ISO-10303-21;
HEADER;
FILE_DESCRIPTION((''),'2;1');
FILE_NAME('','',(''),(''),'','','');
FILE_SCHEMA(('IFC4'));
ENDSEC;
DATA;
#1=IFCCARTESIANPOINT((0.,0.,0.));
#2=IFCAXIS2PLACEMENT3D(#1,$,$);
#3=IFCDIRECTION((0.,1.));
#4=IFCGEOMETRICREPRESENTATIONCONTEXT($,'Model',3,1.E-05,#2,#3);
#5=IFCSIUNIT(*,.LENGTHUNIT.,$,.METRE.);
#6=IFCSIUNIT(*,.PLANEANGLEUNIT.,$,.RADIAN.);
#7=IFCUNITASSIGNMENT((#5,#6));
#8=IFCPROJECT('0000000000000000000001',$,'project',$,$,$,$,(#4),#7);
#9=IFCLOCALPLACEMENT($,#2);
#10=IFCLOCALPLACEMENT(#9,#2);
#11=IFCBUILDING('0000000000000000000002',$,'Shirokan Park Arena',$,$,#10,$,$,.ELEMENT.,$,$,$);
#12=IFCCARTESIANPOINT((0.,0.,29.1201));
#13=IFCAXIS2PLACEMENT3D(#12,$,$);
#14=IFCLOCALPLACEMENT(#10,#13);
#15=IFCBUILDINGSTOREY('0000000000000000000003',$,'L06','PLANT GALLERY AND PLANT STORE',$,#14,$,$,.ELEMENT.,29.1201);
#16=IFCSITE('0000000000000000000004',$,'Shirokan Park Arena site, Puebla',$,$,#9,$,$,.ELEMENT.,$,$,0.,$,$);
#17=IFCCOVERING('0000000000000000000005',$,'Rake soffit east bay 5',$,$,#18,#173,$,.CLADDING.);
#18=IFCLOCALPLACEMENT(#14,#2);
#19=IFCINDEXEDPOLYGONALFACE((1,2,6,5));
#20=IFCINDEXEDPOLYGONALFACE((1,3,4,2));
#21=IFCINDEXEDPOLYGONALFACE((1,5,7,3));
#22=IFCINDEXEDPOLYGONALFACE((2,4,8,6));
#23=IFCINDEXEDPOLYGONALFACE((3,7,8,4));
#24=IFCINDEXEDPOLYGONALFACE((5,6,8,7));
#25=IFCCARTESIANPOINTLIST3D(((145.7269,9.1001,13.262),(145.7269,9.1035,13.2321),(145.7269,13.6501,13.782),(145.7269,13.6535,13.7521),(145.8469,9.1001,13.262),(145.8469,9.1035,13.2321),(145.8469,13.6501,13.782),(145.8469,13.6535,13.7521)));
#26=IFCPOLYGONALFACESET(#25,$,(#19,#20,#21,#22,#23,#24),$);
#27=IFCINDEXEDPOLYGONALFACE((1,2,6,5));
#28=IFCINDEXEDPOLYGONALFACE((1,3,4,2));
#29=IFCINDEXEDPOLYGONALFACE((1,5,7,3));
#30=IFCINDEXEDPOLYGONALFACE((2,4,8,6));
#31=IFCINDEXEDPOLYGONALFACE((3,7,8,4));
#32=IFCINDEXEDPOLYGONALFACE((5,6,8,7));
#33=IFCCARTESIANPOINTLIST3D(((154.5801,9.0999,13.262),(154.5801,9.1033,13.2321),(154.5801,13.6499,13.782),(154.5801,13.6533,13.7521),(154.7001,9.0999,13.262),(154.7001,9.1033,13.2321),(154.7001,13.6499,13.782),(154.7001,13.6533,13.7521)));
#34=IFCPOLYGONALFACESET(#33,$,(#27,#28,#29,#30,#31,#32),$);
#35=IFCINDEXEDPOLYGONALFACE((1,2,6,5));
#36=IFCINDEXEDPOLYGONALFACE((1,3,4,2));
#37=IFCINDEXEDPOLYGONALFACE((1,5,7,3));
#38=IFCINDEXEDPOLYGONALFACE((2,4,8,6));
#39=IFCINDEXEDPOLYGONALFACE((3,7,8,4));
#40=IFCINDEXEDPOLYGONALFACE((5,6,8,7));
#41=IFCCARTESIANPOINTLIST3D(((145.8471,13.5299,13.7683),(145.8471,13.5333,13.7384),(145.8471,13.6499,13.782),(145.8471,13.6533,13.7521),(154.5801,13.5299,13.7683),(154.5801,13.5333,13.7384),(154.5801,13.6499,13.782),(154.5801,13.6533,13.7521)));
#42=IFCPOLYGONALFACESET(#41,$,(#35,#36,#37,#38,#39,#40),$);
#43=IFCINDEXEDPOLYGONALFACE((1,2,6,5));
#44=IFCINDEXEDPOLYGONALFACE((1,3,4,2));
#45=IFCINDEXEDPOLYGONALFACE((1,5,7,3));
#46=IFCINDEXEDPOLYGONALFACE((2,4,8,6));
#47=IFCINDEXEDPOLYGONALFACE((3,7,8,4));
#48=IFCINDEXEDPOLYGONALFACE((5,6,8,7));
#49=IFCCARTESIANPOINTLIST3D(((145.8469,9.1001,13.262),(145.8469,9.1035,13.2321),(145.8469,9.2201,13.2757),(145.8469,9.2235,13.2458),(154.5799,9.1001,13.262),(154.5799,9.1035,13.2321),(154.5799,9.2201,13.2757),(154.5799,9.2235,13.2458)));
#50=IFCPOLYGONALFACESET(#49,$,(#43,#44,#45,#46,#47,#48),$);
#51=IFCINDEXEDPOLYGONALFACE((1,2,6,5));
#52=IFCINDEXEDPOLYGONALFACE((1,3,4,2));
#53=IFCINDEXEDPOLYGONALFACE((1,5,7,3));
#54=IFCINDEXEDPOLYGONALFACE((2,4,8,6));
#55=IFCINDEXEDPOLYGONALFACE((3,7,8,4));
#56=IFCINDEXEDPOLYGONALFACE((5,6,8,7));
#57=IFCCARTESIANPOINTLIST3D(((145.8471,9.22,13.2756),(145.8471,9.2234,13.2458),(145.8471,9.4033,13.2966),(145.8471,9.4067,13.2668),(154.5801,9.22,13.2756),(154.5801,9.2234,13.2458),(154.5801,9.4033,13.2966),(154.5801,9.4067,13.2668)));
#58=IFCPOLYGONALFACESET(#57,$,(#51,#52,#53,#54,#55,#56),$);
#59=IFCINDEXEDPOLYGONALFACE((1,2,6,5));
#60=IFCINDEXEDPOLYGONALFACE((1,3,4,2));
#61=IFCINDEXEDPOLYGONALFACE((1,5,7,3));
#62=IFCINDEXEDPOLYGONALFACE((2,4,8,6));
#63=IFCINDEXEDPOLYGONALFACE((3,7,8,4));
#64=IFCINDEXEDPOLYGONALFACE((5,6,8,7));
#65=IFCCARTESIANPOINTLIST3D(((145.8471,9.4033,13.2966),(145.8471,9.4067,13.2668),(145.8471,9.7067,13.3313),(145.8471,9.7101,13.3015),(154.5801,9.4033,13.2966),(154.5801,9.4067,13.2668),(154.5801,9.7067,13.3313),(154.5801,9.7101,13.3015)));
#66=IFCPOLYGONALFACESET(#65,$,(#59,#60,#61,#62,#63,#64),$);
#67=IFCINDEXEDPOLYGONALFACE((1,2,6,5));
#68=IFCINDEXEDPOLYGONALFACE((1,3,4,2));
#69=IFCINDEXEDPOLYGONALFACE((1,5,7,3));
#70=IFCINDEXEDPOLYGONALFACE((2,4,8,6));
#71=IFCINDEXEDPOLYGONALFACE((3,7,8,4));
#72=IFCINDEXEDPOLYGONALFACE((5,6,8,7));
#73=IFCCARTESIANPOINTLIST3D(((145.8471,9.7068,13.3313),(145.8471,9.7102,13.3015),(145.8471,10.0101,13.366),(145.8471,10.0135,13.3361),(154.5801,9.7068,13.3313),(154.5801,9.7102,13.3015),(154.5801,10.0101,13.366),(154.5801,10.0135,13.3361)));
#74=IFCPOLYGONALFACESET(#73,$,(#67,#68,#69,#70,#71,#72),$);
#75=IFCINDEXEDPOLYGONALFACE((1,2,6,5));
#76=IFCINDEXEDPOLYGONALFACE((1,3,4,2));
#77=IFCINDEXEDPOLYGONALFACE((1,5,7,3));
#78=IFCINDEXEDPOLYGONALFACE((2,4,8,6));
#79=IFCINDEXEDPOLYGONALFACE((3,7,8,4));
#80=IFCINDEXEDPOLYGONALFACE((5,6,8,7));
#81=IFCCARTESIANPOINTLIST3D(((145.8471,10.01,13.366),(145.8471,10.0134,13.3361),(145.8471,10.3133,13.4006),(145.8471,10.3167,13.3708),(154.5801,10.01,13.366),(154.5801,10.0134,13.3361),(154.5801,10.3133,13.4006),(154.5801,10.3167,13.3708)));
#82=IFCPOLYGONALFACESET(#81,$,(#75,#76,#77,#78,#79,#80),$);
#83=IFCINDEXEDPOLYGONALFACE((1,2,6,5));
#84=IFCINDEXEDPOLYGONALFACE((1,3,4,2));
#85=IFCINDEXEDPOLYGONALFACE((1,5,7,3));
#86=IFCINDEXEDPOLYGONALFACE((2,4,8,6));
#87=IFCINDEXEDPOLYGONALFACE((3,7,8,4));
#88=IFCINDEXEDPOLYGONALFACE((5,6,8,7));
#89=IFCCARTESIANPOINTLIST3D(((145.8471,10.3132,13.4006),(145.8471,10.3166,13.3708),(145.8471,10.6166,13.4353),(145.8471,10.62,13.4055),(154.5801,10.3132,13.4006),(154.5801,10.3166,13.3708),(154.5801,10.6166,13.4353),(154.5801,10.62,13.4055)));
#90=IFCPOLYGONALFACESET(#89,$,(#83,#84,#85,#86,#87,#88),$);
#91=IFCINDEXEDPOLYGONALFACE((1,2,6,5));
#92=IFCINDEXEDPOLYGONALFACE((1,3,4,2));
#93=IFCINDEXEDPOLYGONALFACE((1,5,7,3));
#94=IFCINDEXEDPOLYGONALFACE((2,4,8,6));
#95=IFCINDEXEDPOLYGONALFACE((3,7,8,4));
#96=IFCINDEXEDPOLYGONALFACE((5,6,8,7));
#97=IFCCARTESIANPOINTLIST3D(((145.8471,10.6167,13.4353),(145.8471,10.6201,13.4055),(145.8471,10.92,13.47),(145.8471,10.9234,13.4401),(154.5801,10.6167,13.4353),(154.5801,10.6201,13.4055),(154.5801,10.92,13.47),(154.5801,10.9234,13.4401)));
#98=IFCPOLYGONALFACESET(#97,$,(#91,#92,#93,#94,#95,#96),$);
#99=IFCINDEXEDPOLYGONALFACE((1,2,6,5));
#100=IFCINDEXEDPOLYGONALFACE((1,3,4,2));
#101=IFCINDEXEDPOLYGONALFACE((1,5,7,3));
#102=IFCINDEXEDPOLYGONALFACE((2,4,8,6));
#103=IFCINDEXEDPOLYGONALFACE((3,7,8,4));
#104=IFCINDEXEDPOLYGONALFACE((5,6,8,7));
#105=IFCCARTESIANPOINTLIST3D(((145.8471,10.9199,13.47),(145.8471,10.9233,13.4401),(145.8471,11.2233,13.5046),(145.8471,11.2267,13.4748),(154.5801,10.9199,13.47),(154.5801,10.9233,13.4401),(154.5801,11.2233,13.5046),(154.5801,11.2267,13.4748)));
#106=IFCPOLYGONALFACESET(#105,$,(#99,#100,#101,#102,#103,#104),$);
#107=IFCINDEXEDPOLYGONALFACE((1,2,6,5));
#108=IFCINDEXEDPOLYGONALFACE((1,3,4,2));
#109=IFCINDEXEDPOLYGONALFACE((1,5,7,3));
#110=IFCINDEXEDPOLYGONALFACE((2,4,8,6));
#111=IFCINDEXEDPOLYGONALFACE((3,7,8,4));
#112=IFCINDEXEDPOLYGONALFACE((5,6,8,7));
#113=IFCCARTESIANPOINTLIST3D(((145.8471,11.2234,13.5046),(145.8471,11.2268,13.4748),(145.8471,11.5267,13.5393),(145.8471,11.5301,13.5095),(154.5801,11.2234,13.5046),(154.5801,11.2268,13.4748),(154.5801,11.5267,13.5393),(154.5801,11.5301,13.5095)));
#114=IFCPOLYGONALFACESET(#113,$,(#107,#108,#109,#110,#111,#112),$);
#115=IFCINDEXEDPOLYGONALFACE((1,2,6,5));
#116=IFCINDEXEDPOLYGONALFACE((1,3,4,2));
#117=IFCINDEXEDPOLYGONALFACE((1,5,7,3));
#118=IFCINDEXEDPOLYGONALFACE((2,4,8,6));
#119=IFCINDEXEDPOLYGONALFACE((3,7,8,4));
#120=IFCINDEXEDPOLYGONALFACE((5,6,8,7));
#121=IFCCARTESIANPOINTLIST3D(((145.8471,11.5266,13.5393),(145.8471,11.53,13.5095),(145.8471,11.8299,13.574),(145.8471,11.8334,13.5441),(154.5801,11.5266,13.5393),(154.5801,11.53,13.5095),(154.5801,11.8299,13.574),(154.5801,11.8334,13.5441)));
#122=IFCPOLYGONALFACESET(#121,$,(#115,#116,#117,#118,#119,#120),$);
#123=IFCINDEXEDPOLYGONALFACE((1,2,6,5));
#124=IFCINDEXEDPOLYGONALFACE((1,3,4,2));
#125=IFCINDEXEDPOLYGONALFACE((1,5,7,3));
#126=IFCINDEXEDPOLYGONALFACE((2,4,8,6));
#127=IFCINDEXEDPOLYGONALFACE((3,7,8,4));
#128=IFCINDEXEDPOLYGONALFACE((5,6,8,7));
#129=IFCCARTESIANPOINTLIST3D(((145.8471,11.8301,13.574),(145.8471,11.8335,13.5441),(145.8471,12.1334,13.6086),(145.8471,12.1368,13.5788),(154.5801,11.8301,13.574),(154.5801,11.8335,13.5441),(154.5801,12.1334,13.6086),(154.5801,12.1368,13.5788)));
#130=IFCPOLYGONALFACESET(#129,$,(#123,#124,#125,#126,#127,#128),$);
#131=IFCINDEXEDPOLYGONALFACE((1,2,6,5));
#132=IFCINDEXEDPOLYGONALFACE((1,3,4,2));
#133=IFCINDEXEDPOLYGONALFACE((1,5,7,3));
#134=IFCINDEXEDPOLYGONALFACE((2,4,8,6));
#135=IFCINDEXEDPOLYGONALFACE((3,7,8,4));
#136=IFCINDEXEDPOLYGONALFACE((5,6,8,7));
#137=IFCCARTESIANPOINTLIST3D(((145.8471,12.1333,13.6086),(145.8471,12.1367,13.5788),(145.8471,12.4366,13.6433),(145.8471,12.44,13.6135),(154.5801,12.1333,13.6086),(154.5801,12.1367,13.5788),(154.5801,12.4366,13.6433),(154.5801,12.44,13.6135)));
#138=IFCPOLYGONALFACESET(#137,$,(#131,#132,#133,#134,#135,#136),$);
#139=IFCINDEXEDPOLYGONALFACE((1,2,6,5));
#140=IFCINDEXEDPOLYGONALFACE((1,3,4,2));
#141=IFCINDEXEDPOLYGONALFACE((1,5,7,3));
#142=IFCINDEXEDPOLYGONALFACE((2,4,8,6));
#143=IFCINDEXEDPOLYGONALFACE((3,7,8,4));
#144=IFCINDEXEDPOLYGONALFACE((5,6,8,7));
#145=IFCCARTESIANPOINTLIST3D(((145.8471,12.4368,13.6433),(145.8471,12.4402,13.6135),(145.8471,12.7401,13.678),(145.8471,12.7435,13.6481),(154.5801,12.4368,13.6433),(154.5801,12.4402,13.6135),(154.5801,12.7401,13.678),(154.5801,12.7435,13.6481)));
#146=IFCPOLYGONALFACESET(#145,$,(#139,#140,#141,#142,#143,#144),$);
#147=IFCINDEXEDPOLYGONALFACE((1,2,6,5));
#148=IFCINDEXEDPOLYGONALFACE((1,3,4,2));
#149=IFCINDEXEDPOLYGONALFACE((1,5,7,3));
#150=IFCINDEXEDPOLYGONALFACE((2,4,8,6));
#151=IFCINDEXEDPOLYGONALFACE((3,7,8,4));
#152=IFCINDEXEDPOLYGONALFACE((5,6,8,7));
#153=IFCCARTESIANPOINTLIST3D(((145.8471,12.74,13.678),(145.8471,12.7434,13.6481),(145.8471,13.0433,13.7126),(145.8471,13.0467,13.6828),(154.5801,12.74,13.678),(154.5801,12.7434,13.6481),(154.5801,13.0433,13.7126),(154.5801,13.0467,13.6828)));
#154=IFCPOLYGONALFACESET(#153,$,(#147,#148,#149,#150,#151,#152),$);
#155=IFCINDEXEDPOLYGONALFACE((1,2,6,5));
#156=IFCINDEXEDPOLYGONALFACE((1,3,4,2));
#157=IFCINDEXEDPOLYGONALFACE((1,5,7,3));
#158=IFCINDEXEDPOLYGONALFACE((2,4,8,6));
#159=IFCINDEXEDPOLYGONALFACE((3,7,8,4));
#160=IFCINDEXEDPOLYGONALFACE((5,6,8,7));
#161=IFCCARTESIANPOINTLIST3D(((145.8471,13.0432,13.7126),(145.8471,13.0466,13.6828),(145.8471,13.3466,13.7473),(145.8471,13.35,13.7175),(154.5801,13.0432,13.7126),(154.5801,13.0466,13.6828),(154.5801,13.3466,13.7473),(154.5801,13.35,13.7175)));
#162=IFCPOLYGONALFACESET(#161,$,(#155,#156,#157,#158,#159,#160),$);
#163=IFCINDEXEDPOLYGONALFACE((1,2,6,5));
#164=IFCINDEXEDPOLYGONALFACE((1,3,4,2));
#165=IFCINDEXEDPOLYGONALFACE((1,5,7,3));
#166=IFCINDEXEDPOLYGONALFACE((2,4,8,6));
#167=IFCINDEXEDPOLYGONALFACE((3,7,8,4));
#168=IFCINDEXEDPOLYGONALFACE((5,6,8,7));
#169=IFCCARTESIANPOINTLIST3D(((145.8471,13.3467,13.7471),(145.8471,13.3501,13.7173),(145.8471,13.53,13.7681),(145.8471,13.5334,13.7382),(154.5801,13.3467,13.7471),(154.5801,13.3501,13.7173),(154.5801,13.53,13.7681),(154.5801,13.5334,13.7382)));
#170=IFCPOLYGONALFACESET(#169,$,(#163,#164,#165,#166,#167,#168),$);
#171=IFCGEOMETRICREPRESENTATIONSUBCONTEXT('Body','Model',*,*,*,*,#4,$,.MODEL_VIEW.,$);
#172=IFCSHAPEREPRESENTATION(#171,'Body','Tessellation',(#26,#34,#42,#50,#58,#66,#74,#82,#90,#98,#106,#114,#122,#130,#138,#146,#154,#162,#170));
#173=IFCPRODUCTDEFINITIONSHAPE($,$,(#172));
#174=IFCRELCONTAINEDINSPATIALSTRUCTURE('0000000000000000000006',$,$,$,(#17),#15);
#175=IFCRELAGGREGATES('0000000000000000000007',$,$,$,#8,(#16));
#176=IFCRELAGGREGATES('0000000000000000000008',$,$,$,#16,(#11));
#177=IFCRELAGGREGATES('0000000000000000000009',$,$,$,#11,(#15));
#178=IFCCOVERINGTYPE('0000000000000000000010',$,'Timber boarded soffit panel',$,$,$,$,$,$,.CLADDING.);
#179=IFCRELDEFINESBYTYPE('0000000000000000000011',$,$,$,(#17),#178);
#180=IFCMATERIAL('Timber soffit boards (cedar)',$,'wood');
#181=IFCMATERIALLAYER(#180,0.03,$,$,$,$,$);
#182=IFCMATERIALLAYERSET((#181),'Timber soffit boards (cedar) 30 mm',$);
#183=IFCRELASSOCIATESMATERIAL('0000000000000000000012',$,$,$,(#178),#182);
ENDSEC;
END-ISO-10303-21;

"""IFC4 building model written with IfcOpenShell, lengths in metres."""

from ifc_helpers import new_model, si_unit, direction, frame, origin, place, context, subcontext, project, spatial, polyline, outline, extrude, material, layer, layer_set, type_object, element, save


model = new_model("IFC4")

# Units and contexts
model_context = context("Model", 3, precision=1e-05, world=origin(), true_north=direction((0.0, 1.0)))
body_context = subcontext(model_context, "Body", "Model", "MODEL_VIEW")
ifc_project = project(units=[si_unit("LENGTHUNIT", "METRE"), si_unit("PLANEANGLEUNIT", "RADIAN")], contexts=[model_context])

# Site, building, storey
site_placement = place(None, origin())
site = spatial("IfcSite", under=ifc_project, at=site_placement, Name="Shirokan Park Arena site, Puebla", CompositionType="ELEMENT", RefElevation=0.0)
building_placement = place(site_placement, origin())
building = spatial("IfcBuilding", under=site, at=building_placement, Name="Shirokan Park Arena", CompositionType="ELEMENT")
storey_placement = place(building_placement, frame((0.0, 0.0, 29.1201)))
storey = spatial("IfcBuildingStorey", under=building, at=storey_placement, Name="L06", Description="PLANT GALLERY AND PLANT STORE", CompositionType="ELEMENT", Elevation=29.1201)

# Covering
ifc_material = material(Name="Timber soffit boards (cedar)", Category="wood")
ifc_layer = layer(ifc_material, 0.03)
ifc_layer_set = layer_set([ifc_layer], Name="Timber soffit boards (cedar) 30 mm")
covering_type = type_object("IfcCoveringType", Name="Timber boarded soffit panel", PredefinedType="CLADDING", material=ifc_layer_set)
covering_1_placement = place(storey_placement, origin())
element("IfcCovering", 1, at=covering_1_placement, inside=storey, type_object=covering_type, Name="Rake soffit east bay 5", PredefinedType="CLADDING", context=body_context, shape_type="SweptSolid", body=[
    extrude(outline(polyline([(0.0, 0.0), (0.12, 0.0), (0.12, -4.5796), (0.0, -4.5796), (0.0, 0.0)])), frame((145.8469, 9.1001, 13.262), z_axis=(0.0, -0.113547, 0.993533), x_axis=(-1.0, 0.0, 0.0)), (0.0, 0.0, -1.0), 0.03),
    extrude(outline(polyline([(0.0, 0.0), (0.12, 0.0), (0.12, -4.5796), (0.0, -4.5796), (0.0, 0.0)])), frame((154.5801, 13.6499, 13.782), z_axis=(0.0, -0.113547, 0.993533), x_axis=(1.0, 0.0, 0.0)), (0.0, 0.0, -1.0), 0.03),
    extrude(outline(polyline([(0.0, 0.0), (0.1208, 0.0), (0.1208, -8.733), (0.0, -8.733), (0.0, 0.0)])), frame((154.5801, 13.6499, 13.782), z_axis=(0.0, -0.113512, 0.993537), x_axis=(0.0, -0.993537, -0.113512)), (0.0, 0.0, -1.0), 0.03),
    extrude(outline(polyline([(0.0, 0.0), (0.1208, 0.0), (0.1208, -8.733), (0.0, -8.733), (0.0, 0.0)])), frame((145.8469, 9.1001, 13.262), z_axis=(0.0, -0.113512, 0.993537), x_axis=(0.0, 0.993537, 0.113512)), (0.0, 0.0, -1.0), 0.03),
    extrude(outline(polyline([(0.0, 0.0), (8.733, 0.0), (8.733, -0.1845), (0.0, -0.1845), (0.0, 0.0)])), frame((154.5801, 9.22, 13.2756), z_axis=(0.0, -0.113589, 0.993528), x_axis=(-1.0, 0.0, 0.0)), (0.0, 0.0, -1.0), 0.03),
    extrude(outline(polyline([(0.0, 0.0), (8.733, 0.0), (8.733, -0.3053), (0.0, -0.3053), (0.0, 0.0)])), frame((154.5801, 9.4033, 13.2966), z_axis=(0.0, -0.113523, 0.993535), x_axis=(-1.0, 0.0, 0.0)), (0.0, 0.0, -1.0), 0.03),
    extrude(outline(polyline([(0.0, 0.0), (8.733, 0.0), (8.733, -0.3053), (0.0, -0.3053), (0.0, 0.0)])), frame((154.5801, 9.7068, 13.3313), z_axis=(0.0, -0.113559, 0.993531), x_axis=(-1.0, 0.0, 0.0)), (0.0, 0.0, -1.0), 0.03),
    extrude(outline(polyline([(0.0, 0.0), (8.733, 0.0), (8.733, -0.3053), (0.0, -0.3053), (0.0, 0.0)])), frame((154.5801, 10.01, 13.366), z_axis=(0.0, -0.113559, 0.993531), x_axis=(-1.0, 0.0, 0.0)), (0.0, 0.0, -1.0), 0.03),
    extrude(outline(polyline([(0.0, 0.0), (8.733, 0.0), (8.733, -0.3053), (0.0, -0.3053), (0.0, 0.0)])), frame((154.5801, 10.3132, 13.4006), z_axis=(0.0, -0.113523, 0.993535), x_axis=(-1.0, 0.0, 0.0)), (0.0, 0.0, -1.0), 0.03),
    extrude(outline(polyline([(0.0, 0.0), (8.733, 0.0), (8.733, -0.3053), (0.0, -0.3053), (0.0, 0.0)])), frame((154.5801, 10.6167, 13.4353), z_axis=(0.0, -0.113559, 0.993531), x_axis=(-1.0, 0.0, 0.0)), (0.0, 0.0, -1.0), 0.03),
    extrude(outline(polyline([(0.0, 0.0), (8.733, 0.0), (8.733, -0.3053), (0.0, -0.3053), (0.0, 0.0)])), frame((154.5801, 10.9199, 13.47), z_axis=(0.0, -0.113559, 0.993531), x_axis=(-1.0, 0.0, 0.0)), (0.0, 0.0, -1.0), 0.03),
    extrude(outline(polyline([(0.0, 0.0), (8.733, 0.0), (8.733, -0.3053), (0.0, -0.3053), (0.0, 0.0)])), frame((154.5801, 11.2234, 13.5046), z_axis=(0.0, -0.113523, 0.993535), x_axis=(-1.0, 0.0, 0.0)), (0.0, 0.0, -1.0), 0.03),
    extrude(outline(polyline([(0.0, 0.0), (8.733, 0.0), (8.733, -0.3053), (0.0, -0.3053), (0.0, 0.0)])), frame((154.5801, 11.5266, 13.5393), z_axis=(0.0, -0.113559, 0.993531), x_axis=(-1.0, 0.0, 0.0)), (0.0, 0.0, -1.0), 0.03),
    extrude(outline(polyline([(0.0, 0.0), (8.733, 0.0), (8.733, -0.3053), (0.0, -0.3053), (0.0, 0.0)])), frame((154.5801, 11.8301, 13.574), z_axis=(0.0, -0.113559, 0.993531), x_axis=(-1.0, 0.0, 0.0)), (0.0, 0.0, -1.0), 0.03),
    extrude(outline(polyline([(0.0, 0.0), (8.733, 0.0), (8.733, -0.3053), (0.0, -0.3053), (0.0, 0.0)])), frame((154.5801, 12.1333, 13.6086), z_axis=(0.0, -0.113523, 0.993535), x_axis=(-1.0, 0.0, 0.0)), (0.0, 0.0, -1.0), 0.03),
    extrude(outline(polyline([(0.0, 0.0), (8.733, 0.0), (8.733, -0.3053), (0.0, -0.3053), (0.0, 0.0)])), frame((154.5801, 12.4368, 13.6433), z_axis=(0.0, -0.113559, 0.993531), x_axis=(-1.0, 0.0, 0.0)), (0.0, 0.0, -1.0), 0.03),
    extrude(outline(polyline([(0.0, 0.0), (8.733, 0.0), (8.733, -0.3053), (0.0, -0.3053), (0.0, 0.0)])), frame((154.5801, 12.74, 13.678), z_axis=(0.0, -0.113559, 0.993531), x_axis=(-1.0, 0.0, 0.0)), (0.0, 0.0, -1.0), 0.03),
    extrude(outline(polyline([(0.0, 0.0), (8.733, 0.0), (8.733, -0.3053), (0.0, -0.3053), (0.0, 0.0)])), frame((154.5801, 13.0432, 13.7126), z_axis=(0.0, -0.113523, 0.993535), x_axis=(-1.0, 0.0, 0.0)), (0.0, 0.0, -1.0), 0.03),
    extrude(outline(polyline([(0.0, 0.0), (0.1845, 0.0), (0.1845, -8.733), (0.0, -8.733), (0.0, 0.0)])), frame((154.5801, 13.53, 13.7681), z_axis=(0.0, -0.113589, 0.993528), x_axis=(0.0, -0.993528, -0.113589)), (0.0, 0.0, -1.0), 0.03),
])

save(model, "model.ifc")
